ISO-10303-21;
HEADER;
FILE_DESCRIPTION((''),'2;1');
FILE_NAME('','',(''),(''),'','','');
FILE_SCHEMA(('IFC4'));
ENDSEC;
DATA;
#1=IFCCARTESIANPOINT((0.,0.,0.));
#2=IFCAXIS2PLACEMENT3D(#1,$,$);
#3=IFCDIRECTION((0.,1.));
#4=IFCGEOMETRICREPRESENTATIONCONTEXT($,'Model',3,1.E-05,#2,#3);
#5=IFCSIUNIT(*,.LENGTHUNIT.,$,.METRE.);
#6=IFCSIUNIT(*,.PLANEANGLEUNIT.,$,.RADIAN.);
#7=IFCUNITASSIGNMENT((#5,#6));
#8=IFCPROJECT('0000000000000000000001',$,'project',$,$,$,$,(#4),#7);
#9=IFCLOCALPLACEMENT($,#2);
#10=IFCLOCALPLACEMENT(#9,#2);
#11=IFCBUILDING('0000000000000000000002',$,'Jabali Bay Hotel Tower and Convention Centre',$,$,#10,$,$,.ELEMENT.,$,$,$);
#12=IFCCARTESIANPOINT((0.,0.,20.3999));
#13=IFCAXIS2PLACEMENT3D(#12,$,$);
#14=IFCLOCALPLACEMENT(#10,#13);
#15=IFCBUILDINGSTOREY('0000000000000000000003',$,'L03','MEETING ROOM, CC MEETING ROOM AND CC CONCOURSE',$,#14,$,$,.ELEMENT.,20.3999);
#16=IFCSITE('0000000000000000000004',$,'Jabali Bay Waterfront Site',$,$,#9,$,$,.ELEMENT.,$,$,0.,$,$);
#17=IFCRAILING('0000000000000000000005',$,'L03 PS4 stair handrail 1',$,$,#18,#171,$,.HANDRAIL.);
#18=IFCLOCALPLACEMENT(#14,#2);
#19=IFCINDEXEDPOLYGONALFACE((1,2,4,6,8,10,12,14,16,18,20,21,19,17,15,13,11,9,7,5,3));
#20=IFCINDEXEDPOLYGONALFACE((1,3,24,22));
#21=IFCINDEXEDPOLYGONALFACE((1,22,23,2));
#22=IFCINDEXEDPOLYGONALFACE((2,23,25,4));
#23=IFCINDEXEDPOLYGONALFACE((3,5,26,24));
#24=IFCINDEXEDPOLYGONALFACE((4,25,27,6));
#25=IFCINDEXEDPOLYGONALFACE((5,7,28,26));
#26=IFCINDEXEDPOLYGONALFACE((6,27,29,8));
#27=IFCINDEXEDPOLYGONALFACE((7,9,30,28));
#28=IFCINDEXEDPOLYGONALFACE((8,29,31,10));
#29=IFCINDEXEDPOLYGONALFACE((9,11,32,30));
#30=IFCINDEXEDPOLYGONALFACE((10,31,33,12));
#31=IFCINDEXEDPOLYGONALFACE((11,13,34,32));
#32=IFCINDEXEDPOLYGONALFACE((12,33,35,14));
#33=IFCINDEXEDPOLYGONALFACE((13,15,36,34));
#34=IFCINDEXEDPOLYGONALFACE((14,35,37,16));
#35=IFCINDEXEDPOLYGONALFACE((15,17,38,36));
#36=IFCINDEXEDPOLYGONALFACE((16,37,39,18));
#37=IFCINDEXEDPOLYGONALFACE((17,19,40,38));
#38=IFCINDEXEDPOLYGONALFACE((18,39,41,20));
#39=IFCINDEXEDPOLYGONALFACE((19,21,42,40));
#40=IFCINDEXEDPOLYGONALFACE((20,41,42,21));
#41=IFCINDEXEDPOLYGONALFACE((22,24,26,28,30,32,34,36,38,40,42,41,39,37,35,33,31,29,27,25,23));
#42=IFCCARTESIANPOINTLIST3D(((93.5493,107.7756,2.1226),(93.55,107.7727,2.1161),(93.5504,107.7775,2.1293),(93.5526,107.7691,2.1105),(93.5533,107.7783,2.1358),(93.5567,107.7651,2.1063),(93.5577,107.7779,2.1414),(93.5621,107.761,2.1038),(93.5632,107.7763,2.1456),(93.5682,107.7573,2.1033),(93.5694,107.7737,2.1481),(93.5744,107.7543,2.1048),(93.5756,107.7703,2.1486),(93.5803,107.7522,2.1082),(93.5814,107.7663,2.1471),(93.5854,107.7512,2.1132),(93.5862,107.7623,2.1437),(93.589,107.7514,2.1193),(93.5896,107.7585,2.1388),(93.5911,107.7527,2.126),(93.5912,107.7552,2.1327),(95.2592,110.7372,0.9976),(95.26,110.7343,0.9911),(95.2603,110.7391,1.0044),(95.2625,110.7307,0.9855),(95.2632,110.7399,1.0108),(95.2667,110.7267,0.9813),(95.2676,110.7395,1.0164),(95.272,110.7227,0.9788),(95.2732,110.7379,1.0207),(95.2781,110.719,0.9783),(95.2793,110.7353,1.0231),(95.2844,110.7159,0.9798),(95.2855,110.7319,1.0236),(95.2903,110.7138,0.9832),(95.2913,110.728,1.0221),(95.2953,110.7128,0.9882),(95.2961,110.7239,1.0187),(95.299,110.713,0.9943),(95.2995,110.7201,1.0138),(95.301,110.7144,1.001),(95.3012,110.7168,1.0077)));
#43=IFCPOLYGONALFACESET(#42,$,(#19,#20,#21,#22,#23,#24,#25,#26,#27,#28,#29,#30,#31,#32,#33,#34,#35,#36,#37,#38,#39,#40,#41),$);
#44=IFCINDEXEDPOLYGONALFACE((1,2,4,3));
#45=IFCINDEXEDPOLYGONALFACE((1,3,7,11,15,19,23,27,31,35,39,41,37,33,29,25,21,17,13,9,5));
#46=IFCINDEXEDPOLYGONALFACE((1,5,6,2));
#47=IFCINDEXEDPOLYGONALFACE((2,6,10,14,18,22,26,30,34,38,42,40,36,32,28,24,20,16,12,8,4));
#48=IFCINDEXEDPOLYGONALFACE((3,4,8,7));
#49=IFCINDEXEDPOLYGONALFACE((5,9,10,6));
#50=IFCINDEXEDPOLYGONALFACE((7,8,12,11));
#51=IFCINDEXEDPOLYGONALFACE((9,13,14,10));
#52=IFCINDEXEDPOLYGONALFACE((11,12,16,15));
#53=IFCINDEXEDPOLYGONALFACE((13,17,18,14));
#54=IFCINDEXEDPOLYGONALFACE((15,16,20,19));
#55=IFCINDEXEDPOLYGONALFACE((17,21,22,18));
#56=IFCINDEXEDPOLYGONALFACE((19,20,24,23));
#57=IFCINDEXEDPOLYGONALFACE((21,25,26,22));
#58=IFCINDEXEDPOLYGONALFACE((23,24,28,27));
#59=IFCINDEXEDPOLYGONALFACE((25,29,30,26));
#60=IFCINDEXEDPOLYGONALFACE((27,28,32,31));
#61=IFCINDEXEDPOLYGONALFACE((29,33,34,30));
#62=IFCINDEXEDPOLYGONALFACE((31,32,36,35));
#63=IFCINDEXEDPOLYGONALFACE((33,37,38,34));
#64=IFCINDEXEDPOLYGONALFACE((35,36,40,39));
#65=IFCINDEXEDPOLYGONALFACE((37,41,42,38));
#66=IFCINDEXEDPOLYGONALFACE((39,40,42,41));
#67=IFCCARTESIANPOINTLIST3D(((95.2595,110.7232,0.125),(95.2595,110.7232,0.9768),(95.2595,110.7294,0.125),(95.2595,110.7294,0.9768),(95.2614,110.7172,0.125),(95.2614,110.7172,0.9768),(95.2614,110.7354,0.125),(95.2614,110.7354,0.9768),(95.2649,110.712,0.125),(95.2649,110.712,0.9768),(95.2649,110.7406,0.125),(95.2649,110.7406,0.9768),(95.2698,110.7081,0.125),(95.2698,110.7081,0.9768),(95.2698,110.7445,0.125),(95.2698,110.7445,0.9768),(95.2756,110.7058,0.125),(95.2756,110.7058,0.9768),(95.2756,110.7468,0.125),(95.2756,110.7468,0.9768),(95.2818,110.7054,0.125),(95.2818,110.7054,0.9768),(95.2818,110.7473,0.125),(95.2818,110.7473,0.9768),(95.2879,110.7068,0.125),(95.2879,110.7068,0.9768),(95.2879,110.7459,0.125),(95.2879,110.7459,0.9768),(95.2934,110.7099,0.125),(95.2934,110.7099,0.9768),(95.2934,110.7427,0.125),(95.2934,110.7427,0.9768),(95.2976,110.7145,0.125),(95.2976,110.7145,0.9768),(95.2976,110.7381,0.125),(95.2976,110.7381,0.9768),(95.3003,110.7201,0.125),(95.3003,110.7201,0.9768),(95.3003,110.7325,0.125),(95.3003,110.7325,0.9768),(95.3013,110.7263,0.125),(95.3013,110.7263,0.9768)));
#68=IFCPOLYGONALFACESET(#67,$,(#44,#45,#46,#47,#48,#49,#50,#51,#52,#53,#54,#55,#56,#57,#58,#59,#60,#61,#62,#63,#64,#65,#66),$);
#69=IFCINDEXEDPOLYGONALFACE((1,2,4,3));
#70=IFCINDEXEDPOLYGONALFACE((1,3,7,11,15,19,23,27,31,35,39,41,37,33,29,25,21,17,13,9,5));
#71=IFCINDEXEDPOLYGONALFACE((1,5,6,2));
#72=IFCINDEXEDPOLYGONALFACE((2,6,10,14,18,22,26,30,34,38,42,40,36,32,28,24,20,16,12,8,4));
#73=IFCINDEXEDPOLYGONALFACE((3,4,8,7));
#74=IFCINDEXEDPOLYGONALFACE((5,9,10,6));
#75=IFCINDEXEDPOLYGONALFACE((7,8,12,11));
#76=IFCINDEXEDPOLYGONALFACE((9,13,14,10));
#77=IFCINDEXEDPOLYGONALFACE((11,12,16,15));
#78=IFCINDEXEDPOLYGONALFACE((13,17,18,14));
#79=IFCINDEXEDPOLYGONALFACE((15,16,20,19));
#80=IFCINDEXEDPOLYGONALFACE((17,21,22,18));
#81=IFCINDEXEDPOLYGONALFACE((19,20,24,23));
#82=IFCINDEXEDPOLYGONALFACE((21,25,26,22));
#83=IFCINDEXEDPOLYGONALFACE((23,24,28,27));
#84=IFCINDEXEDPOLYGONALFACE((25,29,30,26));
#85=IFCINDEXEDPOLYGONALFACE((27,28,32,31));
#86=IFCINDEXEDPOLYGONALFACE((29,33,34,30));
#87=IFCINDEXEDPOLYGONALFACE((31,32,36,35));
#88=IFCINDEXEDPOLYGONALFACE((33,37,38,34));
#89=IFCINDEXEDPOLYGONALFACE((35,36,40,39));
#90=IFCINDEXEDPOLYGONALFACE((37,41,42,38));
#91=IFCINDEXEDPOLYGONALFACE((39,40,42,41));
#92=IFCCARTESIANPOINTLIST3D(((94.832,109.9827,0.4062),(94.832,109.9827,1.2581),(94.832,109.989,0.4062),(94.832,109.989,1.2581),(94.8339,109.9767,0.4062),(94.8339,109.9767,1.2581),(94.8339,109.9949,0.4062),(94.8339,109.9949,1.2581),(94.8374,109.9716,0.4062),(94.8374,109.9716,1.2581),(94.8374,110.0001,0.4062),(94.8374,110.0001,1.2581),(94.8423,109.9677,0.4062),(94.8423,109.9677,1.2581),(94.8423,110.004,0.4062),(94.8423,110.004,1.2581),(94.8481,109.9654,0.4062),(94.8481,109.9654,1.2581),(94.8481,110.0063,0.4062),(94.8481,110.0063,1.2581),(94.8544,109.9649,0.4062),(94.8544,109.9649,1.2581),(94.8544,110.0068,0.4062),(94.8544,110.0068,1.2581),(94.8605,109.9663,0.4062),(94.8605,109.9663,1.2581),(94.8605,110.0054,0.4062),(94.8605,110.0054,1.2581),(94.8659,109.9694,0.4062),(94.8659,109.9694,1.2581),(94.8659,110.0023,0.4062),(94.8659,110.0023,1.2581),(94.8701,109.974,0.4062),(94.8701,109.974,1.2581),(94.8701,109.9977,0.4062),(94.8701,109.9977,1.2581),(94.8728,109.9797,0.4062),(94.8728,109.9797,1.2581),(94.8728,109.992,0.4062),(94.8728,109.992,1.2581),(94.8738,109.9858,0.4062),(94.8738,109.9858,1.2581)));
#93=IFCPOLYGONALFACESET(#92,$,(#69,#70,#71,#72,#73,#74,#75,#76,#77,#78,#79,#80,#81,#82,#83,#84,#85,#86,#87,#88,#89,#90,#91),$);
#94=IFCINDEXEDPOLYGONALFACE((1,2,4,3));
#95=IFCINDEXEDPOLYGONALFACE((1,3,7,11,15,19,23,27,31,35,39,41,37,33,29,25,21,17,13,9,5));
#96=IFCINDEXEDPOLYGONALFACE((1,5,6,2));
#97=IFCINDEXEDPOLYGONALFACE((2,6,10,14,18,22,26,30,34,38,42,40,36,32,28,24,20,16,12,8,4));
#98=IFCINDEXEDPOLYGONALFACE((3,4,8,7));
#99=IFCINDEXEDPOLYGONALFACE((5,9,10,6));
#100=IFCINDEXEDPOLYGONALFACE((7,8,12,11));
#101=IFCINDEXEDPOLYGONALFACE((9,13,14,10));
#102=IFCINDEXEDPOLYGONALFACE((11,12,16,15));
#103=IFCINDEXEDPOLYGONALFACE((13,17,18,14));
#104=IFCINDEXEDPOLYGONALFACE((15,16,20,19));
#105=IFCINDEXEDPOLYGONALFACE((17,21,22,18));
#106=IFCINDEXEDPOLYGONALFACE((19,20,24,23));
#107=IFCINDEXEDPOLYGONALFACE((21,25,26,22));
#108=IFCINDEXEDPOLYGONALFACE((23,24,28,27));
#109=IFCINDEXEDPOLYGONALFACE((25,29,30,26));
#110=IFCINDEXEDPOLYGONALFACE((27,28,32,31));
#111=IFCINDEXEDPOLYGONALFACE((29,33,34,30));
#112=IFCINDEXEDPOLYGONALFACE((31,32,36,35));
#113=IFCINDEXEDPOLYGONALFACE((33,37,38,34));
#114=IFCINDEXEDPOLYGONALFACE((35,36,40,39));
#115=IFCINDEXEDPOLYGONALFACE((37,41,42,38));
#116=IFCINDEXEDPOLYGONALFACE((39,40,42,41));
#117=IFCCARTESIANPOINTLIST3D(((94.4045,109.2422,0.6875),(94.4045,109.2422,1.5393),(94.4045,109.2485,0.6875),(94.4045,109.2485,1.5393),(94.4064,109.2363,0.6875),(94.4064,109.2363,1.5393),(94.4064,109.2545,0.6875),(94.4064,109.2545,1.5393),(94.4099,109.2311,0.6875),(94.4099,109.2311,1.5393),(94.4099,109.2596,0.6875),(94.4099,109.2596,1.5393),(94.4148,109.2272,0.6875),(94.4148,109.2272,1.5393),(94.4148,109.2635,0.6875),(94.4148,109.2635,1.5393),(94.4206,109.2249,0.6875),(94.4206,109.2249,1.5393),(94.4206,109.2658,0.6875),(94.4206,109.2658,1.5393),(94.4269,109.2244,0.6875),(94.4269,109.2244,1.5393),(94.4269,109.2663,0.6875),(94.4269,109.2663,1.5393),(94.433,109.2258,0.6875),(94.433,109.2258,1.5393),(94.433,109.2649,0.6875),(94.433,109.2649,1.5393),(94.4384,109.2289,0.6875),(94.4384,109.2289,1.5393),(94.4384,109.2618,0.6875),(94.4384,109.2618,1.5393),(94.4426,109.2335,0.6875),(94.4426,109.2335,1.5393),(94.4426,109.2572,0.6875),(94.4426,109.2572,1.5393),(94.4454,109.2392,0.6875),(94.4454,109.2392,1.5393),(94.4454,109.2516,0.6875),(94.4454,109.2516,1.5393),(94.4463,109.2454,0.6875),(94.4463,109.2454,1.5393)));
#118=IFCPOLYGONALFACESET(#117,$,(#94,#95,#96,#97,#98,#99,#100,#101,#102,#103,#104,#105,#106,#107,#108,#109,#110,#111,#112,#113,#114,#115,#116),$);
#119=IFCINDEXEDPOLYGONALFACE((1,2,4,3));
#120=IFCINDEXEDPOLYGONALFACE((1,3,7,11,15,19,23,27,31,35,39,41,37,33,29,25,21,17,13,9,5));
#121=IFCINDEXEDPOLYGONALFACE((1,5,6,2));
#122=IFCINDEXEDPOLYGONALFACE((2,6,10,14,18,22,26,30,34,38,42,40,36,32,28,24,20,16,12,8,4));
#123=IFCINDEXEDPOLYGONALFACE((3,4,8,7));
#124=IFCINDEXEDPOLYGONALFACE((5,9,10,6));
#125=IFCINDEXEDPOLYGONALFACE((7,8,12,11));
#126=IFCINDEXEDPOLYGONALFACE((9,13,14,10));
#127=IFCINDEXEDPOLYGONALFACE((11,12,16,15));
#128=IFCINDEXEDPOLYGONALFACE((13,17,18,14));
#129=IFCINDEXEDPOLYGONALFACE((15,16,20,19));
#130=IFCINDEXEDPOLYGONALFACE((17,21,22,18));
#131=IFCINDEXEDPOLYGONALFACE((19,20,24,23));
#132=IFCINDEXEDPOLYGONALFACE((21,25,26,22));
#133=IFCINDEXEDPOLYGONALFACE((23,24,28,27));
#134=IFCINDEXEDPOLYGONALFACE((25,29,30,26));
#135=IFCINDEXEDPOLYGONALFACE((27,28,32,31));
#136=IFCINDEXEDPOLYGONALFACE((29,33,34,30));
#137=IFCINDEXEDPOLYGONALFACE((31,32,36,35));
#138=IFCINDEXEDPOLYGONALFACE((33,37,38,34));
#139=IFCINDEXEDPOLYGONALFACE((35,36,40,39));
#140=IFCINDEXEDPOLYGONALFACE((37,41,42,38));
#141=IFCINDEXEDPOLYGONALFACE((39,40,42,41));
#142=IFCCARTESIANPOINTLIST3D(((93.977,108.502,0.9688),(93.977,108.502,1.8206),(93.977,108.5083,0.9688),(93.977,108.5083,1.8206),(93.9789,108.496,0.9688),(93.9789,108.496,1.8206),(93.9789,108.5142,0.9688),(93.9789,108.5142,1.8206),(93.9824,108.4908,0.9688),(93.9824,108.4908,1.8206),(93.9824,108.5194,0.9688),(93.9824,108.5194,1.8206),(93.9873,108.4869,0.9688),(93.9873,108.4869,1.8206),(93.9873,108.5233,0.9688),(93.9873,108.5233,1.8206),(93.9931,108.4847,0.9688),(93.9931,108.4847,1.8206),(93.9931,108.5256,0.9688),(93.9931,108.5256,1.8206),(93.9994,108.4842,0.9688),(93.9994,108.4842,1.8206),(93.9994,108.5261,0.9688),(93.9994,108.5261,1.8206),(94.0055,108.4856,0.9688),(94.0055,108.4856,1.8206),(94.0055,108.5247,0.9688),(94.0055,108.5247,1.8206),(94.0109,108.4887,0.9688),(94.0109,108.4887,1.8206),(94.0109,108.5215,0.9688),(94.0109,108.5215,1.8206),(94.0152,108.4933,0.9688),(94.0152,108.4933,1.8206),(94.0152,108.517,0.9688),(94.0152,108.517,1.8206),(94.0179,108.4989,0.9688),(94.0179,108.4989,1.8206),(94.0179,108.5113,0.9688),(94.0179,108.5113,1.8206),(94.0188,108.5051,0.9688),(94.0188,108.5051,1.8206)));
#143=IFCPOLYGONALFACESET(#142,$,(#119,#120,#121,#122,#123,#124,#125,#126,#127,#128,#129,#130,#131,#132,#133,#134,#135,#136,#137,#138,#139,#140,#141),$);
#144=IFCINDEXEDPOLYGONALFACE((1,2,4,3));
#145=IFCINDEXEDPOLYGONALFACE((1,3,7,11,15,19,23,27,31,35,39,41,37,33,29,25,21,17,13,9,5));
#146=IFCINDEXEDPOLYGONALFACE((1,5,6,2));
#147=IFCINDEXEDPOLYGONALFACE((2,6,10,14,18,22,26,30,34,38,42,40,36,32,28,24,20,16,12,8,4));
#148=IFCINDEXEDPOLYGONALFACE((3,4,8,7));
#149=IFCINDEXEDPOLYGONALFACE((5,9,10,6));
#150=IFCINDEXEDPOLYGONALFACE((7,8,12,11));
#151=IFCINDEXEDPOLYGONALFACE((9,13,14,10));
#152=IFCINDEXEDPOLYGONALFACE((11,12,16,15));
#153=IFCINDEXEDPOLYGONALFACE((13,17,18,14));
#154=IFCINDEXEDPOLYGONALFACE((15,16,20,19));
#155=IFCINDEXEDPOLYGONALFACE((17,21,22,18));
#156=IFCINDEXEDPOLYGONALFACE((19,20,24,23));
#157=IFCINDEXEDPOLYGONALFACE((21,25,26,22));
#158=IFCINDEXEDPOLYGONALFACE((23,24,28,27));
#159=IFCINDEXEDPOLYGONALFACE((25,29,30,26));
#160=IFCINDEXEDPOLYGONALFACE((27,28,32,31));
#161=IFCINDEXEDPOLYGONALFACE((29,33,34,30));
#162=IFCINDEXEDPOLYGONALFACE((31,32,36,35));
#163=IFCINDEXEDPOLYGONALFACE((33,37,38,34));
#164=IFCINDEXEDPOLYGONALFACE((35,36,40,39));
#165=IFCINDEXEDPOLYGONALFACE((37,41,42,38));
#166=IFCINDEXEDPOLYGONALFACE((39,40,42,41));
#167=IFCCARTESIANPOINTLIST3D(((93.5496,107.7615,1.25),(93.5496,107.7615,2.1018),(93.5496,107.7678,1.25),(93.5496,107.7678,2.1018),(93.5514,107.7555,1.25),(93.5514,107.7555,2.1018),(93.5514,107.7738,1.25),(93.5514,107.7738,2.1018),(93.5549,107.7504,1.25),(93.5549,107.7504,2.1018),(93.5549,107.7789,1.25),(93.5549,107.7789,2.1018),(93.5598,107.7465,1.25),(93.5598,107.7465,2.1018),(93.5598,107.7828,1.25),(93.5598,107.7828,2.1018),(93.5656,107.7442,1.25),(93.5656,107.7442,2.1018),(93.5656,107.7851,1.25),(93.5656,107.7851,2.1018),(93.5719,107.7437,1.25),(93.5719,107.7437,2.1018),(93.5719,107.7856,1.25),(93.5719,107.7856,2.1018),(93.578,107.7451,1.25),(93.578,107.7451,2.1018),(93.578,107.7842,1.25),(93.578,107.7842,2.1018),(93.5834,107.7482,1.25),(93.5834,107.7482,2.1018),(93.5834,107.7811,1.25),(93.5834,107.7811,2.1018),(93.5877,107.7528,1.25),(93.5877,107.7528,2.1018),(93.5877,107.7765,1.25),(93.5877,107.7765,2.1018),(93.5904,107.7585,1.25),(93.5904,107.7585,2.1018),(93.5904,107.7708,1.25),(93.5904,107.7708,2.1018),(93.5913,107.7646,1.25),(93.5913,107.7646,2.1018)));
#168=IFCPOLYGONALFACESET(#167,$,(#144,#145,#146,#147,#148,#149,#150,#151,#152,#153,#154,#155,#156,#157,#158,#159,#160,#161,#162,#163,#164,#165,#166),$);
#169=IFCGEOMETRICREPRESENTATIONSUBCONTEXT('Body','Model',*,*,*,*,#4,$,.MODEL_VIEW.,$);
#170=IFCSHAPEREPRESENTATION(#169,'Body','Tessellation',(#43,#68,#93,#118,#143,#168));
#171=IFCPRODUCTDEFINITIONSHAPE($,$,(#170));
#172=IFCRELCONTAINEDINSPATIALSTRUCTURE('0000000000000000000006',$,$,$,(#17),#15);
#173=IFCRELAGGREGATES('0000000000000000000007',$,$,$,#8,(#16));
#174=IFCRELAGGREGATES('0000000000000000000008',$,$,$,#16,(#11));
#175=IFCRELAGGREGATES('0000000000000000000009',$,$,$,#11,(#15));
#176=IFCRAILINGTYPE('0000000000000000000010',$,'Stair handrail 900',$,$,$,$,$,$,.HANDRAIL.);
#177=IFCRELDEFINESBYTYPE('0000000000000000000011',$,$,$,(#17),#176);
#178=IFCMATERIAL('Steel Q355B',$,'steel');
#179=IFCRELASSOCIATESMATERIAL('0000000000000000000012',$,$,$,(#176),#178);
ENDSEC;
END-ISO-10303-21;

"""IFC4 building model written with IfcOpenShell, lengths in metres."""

from ifc_helpers import new_model, si_unit, direction, frame, origin, origin_2d, place, context, subcontext, project, spatial, circle, extrude, material, type_object, element, save


model = new_model("IFC4")

# Units and contexts
model_context = context("Model", 3, precision=1e-05, world=origin(), true_north=direction((0.0, 1.0)))
body_context = subcontext(model_context, "Body", "Model", "MODEL_VIEW")
ifc_project = project(units=[si_unit("LENGTHUNIT", "METRE"), si_unit("PLANEANGLEUNIT", "RADIAN")], contexts=[model_context])

# Site, building, storey
site_placement = place(None, origin())
site = spatial("IfcSite", under=ifc_project, at=site_placement, Name="Jabali Bay Waterfront Site", CompositionType="ELEMENT", RefElevation=0.0)
building_placement = place(site_placement, origin())
building = spatial("IfcBuilding", under=site, at=building_placement, Name="Jabali Bay Hotel Tower and Convention Centre", CompositionType="ELEMENT")
storey_placement = place(building_placement, frame((0.0, 0.0, 20.3999)))
storey = spatial("IfcBuildingStorey", under=building, at=storey_placement, Name="L03", Description="MEETING ROOM, CC MEETING ROOM AND CC CONCOURSE", CompositionType="ELEMENT", Elevation=20.3999)

# Railing
ifc_material_1 = material(Name="Steel Q355B", Category="steel")
railing_type_1 = type_object("IfcRailingType", Name="Stair handrail 900", PredefinedType="HANDRAIL", material=ifc_material_1)
for number, where, name in (
    (1, (95.2803, 110.7263, 0.125), "L03 PS4 stair handrail 1"),
):
    element("IfcRailing", number, at=place(storey_placement, frame(where)), inside=storey, type_object=railing_type_1, Name=name, PredefinedType="HANDRAIL", context=body_context, shape_type="SweptSolid", body=[
        extrude(circle(Radius=0.0239, at=origin_2d()), frame((0.0, 0.0, 0.876), z_axis=(-0.474969, -0.822652, 0.312487), x_axis=(0.86602, -0.500009, 0.0)), (0.0, 0.0, 1.0), 3.6001),
        extrude(circle(Radius=0.021, at=origin_2d()), origin(), (0.0, 0.0, 1.0), 0.8518),
        extrude(circle(Radius=0.021, at=origin_2d()), frame((-0.4275, -0.7405, 0.2812)), (0.0, 0.0, 1.0), 0.8518),
        extrude(circle(Radius=0.021, at=origin_2d()), frame((-0.855, -1.481, 0.5625)), (0.0, 0.0, 1.0), 0.8518),
        extrude(circle(Radius=0.021, at=origin_2d()), frame((-1.2825, -2.2212, 0.8438)), (0.0, 0.0, 1.0), 0.8518),
        extrude(circle(Radius=0.021, at=origin_2d()), frame((-1.71, -2.9617, 1.125)), (0.0, 0.0, 1.0), 0.8518),
    ])

save(model, "model.ifc")
